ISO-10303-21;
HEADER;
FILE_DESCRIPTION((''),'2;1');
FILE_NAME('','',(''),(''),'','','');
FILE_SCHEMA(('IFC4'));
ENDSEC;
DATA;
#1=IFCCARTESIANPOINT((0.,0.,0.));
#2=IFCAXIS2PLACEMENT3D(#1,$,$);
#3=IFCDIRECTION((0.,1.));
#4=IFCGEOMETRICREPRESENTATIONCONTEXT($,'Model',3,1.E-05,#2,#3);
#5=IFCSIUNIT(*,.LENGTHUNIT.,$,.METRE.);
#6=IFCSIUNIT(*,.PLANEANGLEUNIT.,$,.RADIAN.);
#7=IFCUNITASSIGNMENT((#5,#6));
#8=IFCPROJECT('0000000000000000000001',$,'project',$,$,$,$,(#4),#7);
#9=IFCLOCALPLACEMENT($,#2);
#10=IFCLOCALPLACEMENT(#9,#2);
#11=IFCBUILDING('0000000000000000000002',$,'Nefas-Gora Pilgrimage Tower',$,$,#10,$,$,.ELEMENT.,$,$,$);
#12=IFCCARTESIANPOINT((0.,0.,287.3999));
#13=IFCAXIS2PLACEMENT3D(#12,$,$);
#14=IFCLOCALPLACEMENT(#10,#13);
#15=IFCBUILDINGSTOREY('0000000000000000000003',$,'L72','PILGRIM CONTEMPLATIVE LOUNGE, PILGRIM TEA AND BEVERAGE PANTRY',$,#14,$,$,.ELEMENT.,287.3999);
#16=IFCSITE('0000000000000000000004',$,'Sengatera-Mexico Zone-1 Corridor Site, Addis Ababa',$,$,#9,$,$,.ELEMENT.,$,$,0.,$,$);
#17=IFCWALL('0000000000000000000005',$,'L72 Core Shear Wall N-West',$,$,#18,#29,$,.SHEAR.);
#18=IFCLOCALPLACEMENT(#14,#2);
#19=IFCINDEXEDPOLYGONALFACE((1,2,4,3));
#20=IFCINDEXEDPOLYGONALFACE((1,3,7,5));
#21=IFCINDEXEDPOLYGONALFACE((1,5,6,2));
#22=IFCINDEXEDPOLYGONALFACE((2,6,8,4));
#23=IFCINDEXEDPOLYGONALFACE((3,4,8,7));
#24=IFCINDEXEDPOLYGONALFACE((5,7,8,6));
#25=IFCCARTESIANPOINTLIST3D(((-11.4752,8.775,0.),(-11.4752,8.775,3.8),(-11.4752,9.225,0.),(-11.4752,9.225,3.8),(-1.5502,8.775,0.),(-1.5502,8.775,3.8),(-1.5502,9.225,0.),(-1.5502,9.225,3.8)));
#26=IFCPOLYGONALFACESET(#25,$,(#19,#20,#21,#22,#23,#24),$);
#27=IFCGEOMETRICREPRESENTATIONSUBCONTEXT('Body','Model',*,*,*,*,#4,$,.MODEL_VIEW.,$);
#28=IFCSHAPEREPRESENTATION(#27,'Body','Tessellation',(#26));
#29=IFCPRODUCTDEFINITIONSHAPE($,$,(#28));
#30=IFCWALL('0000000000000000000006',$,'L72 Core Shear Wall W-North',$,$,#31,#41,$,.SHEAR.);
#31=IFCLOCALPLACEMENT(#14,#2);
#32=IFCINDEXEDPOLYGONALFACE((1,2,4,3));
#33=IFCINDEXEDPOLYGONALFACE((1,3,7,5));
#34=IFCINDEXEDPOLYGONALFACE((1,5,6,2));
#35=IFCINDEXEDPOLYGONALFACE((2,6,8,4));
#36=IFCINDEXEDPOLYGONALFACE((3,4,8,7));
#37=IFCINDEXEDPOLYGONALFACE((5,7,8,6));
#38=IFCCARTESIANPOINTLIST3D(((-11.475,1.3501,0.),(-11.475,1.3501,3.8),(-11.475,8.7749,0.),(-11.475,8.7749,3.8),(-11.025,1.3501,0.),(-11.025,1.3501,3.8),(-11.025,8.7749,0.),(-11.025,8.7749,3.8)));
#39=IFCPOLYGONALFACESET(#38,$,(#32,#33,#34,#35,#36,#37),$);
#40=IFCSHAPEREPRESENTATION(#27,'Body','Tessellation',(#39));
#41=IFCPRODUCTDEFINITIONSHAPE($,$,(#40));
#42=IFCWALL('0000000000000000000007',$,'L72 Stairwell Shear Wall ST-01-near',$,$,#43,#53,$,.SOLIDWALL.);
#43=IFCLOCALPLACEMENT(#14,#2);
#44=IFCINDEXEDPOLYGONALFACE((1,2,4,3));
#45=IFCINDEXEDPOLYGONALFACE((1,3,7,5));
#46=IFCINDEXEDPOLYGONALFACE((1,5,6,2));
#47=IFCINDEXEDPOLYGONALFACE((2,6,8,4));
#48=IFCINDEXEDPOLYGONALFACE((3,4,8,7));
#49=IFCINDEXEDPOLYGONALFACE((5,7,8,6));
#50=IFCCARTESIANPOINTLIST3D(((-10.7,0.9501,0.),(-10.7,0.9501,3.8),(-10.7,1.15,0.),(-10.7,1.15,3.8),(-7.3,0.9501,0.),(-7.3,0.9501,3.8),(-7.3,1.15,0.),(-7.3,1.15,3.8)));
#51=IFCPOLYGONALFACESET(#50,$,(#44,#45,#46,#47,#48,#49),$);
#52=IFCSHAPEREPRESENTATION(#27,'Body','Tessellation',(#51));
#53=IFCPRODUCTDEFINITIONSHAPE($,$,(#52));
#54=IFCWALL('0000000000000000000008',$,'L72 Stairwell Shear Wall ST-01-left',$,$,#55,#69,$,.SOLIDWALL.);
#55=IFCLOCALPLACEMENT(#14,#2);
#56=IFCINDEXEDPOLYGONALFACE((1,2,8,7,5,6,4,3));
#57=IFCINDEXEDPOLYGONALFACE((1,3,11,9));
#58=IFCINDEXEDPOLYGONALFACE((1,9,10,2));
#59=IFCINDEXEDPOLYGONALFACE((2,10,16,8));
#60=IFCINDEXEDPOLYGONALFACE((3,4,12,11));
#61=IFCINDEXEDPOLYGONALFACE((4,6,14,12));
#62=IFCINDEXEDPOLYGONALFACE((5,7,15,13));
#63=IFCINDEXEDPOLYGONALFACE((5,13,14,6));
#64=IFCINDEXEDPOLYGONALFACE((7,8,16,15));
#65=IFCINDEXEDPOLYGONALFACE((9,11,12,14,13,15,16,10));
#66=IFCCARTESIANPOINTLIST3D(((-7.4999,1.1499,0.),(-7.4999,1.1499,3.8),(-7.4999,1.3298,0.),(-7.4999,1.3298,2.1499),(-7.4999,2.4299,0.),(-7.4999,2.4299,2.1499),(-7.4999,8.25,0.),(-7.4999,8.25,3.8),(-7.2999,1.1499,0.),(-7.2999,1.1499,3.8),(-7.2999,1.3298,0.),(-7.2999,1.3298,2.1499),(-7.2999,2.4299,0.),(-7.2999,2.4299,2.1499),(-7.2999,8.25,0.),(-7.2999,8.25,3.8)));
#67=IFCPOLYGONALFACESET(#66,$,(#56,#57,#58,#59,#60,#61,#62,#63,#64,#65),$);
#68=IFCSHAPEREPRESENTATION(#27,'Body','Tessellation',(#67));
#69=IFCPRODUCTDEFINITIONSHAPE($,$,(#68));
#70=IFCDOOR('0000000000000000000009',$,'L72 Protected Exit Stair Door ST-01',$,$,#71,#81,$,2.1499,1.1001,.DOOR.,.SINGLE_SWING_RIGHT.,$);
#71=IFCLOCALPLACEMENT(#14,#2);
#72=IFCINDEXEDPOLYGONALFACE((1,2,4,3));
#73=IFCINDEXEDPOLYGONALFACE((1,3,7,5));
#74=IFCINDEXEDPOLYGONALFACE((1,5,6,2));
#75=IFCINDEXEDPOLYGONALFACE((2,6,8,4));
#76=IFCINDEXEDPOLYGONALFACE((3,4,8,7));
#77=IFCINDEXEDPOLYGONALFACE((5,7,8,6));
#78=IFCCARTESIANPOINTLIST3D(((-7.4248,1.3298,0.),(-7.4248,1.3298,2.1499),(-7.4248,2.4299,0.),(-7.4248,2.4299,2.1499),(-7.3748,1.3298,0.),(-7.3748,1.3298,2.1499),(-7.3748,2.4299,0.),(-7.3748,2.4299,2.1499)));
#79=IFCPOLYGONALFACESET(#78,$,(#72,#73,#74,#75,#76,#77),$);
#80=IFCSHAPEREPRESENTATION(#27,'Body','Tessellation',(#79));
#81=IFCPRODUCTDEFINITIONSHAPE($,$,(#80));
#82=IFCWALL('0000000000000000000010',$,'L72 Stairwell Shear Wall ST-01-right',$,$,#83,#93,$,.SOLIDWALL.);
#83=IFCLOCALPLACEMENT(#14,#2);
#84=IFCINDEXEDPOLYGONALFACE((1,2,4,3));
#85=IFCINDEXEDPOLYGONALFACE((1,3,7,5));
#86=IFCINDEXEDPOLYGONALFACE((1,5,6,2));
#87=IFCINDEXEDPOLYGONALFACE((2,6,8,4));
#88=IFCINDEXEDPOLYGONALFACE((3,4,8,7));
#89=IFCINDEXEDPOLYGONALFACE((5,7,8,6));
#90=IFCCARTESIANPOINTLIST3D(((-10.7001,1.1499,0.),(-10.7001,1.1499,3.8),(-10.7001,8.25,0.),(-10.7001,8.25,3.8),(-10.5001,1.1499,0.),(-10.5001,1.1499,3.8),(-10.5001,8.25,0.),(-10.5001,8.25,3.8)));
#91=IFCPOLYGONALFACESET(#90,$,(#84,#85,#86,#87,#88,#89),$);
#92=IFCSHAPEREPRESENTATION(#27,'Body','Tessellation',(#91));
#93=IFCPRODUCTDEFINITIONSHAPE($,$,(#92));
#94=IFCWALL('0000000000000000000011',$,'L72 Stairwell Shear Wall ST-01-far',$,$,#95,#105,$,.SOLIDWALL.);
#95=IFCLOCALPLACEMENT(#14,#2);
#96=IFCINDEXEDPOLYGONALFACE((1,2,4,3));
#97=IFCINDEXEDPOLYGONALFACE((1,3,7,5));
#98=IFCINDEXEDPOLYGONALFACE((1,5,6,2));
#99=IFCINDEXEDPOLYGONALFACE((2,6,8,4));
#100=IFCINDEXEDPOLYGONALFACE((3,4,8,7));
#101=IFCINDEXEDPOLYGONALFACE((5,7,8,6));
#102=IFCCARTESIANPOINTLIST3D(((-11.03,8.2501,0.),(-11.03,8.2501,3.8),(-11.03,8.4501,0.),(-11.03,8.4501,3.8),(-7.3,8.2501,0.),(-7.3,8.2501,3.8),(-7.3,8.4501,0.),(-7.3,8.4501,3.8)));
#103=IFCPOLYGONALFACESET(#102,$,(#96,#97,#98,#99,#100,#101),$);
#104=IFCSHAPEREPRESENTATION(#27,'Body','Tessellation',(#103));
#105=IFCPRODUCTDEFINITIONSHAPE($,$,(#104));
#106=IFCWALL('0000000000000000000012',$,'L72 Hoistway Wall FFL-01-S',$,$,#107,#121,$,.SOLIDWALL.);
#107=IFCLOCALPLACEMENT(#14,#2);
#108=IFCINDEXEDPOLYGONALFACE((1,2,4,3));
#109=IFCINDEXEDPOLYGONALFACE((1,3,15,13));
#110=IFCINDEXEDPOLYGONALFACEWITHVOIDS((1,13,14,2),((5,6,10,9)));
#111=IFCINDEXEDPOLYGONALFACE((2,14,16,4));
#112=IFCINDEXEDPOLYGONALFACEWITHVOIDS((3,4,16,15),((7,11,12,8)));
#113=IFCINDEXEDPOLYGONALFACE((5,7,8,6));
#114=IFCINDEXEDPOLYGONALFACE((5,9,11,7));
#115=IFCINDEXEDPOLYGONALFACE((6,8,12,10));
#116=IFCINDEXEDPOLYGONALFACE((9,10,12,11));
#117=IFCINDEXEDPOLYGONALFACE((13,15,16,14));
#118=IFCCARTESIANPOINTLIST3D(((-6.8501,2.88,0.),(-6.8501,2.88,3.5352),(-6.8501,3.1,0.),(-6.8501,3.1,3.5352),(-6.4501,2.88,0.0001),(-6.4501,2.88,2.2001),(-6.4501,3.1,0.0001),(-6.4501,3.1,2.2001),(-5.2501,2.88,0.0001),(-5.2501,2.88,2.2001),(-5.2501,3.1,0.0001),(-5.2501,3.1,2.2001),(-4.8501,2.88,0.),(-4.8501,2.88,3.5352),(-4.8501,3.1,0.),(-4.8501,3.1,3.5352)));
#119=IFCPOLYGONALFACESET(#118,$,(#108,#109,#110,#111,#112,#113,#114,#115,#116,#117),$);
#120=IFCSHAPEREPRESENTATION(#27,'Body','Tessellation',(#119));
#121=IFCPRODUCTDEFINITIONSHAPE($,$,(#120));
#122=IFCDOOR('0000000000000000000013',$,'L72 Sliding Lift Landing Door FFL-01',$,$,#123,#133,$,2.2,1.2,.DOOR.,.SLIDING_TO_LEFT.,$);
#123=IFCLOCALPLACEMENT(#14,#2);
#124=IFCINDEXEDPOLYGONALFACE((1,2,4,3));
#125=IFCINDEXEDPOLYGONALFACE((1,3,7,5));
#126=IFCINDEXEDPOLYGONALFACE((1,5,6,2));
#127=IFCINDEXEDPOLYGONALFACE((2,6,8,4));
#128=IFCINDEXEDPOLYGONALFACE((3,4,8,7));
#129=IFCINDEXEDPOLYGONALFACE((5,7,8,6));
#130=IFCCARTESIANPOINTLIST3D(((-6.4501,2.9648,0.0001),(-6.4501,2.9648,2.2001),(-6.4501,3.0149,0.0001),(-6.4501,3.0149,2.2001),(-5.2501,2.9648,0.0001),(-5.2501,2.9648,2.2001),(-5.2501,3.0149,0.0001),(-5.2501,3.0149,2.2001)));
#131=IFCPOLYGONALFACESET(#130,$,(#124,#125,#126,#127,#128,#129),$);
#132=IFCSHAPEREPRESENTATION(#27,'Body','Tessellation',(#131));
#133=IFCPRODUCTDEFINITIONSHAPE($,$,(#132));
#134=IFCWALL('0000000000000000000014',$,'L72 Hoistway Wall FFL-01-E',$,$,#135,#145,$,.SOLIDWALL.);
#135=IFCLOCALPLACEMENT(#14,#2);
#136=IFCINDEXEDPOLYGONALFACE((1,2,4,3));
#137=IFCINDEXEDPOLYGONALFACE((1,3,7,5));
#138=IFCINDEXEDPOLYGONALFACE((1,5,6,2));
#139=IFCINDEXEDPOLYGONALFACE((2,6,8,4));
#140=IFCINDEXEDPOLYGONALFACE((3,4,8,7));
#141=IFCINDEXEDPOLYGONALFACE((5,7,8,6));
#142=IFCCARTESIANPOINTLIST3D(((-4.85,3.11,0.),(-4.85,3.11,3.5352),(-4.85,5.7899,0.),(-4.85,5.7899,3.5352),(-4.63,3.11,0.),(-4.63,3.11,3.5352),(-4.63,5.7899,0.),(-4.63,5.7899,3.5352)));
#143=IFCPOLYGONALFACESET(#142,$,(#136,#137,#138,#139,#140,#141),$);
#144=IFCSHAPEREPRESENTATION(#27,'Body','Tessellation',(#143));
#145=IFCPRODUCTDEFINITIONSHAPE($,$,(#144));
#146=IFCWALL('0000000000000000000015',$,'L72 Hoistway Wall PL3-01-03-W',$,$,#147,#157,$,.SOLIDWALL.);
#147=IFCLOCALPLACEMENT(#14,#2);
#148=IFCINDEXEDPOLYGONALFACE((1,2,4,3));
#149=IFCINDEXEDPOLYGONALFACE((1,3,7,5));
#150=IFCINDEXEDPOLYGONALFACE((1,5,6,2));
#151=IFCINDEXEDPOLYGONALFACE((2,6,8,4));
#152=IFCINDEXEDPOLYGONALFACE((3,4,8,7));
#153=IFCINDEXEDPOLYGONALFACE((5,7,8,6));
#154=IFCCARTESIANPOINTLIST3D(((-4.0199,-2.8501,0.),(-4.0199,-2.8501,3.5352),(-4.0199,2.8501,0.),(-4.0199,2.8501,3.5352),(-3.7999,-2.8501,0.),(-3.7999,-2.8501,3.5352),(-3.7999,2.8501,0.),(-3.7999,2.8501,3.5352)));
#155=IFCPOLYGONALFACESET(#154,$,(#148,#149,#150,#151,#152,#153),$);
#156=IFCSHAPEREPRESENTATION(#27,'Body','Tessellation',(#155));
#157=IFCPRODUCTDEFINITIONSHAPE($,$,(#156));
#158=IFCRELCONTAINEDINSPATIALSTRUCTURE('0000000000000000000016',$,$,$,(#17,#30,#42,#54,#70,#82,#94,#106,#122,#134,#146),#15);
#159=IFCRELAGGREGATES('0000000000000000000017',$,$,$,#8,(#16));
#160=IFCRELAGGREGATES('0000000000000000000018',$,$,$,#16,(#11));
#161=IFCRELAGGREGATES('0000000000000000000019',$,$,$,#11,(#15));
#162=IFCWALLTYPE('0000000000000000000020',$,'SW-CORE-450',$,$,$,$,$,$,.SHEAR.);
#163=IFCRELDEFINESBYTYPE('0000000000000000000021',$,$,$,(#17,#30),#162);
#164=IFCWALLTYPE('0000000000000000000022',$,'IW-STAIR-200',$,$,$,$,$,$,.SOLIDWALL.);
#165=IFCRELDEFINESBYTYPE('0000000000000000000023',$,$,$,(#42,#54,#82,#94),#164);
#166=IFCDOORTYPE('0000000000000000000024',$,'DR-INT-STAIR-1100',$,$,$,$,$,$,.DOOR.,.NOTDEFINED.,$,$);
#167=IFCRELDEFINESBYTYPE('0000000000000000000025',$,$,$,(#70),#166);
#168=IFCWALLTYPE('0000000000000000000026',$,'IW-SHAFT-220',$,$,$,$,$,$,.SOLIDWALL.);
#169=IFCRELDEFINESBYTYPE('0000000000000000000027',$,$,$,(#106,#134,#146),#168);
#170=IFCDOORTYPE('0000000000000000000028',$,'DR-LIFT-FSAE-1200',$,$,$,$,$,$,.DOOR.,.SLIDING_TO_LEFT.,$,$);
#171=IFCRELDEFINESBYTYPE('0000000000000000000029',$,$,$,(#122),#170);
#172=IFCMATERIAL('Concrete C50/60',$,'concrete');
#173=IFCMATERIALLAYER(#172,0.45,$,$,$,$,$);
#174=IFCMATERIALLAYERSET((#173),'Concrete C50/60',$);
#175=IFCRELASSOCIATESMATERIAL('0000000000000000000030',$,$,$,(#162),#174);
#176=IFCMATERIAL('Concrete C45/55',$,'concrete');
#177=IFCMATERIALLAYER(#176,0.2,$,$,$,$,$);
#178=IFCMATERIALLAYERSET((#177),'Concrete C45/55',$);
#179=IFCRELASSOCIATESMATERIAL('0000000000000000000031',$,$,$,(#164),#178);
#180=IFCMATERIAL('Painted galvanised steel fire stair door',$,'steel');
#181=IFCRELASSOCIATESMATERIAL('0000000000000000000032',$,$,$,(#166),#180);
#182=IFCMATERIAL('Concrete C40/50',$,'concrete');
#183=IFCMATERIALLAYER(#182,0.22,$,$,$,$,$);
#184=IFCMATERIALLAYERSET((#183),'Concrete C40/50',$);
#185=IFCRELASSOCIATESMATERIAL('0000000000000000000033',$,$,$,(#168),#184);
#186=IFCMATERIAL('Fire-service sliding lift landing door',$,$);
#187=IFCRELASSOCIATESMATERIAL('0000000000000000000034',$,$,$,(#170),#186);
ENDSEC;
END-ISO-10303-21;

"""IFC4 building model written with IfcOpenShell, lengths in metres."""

from ifc_helpers import new_model, si_unit, direction, frame, frame_2d, origin, place, context, subcontext, project, spatial, rectangle, extrude, source, transform, mapped, material, layer, layer_set, type_object, element, fill, save


model = new_model("IFC4")

# Units and contexts
model_context = context("Model", 3, precision=1e-05, world=origin(), true_north=direction((0.0, 1.0)))
body_context = subcontext(model_context, "Body", "Model", "MODEL_VIEW")
ifc_project = project(units=[si_unit("LENGTHUNIT", "METRE"), si_unit("PLANEANGLEUNIT", "RADIAN")], contexts=[model_context])

# Site, building, storey
site_placement = place(None, origin())
site = spatial("IfcSite", under=ifc_project, at=site_placement, Name="Sengatera-Mexico Zone-1 Corridor Site, Addis Ababa", CompositionType="ELEMENT", RefElevation=0.0)
building_placement = place(site_placement, origin())
building = spatial("IfcBuilding", under=site, at=building_placement, Name="Nefas-Gora Pilgrimage Tower", CompositionType="ELEMENT")
storey_placement = place(building_placement, frame((0.0, 0.0, 287.3999)))
storey = spatial("IfcBuildingStorey", under=building, at=storey_placement, Name="L72", Description="PILGRIM CONTEMPLATIVE LOUNGE, PILGRIM TEA AND BEVERAGE PANTRY", CompositionType="ELEMENT", Elevation=287.3999)

# Walls
ifc_material_1 = material(Name="Concrete C50/60", Category="concrete")
ifc_layer_1 = layer(ifc_material_1, 0.45)
ifc_layer_set_1 = layer_set([ifc_layer_1], Name="Concrete C50/60")
wall_type_1 = type_object("IfcWallType", Name="SW-CORE-450", PredefinedType="SHEAR", material=ifc_layer_set_1)
shared_shape_1 = source(origin(), body_context, "Body", "SweptSolid", [
    extrude(rectangle(XDim=9.925, YDim=0.45, at=frame_2d((4.9624, 0.0))), origin(), (0.0, 0.0, 1.0), 3.8),
])
wall_1_placement = place(storey_placement, frame((-11.4751, 9.0, 0.0), z_axis=(0.0, 0.0, 1.0), x_axis=(1.0, 0.0, 0.0)))
element("IfcWall", 1, at=wall_1_placement, inside=storey, type_object=wall_type_1, Name="L72 Core Shear Wall N-West", PredefinedType="SHEAR", context=body_context, shape_type="MappedRepresentation", body=[
    mapped(shared_shape_1, transform((0.0, 0.0, 0.0), x_axis=(1.0, 0.0, 0.0), y_axis=(0.0, 1.0, 0.0), z_axis=(0.0, 0.0, 1.0), scale=1.0)),
])
shared_shape_2 = source(origin(), body_context, "Body", "SweptSolid", [
    extrude(rectangle(XDim=7.4248, YDim=0.45, at=frame_2d((3.7124, 0.0))), origin(), (0.0, 0.0, 1.0), 3.8),
])
wall_2_placement = place(storey_placement, frame((-11.25, 1.3501, 0.0), z_axis=(0.0, 0.0, 1.0), x_axis=(0.0, 1.0, 0.0)))
element("IfcWall", 2, at=wall_2_placement, inside=storey, type_object=wall_type_1, Name="L72 Core Shear Wall W-North", PredefinedType="SHEAR", context=body_context, shape_type="MappedRepresentation", body=[
    mapped(shared_shape_2, transform((0.0, 0.0, 0.0), x_axis=(1.0, 0.0, 0.0), y_axis=(0.0, 1.0, 0.0), z_axis=(0.0, 0.0, 1.0), scale=1.0)),
])
ifc_material_2 = material(Name="Concrete C45/55", Category="concrete")
ifc_layer_2 = layer(ifc_material_2, 0.2)
ifc_layer_set_2 = layer_set([ifc_layer_2], Name="Concrete C45/55")
wall_type_2 = type_object("IfcWallType", Name="IW-STAIR-200", PredefinedType="SOLIDWALL", material=ifc_layer_set_2)
shared_shape_3 = source(origin(), body_context, "Body", "SweptSolid", [
    extrude(rectangle(XDim=3.3999, YDim=0.2, at=frame_2d((1.7, 0.0))), origin(), (0.0, 0.0, 1.0), 3.8),
])
wall_3_placement = place(storey_placement, frame((-7.3, 1.05, 0.0), z_axis=(0.0, 0.0, 1.0), x_axis=(-1.0, 0.0, 0.0)))
element("IfcWall", 3, at=wall_3_placement, inside=storey, type_object=wall_type_2, Name="L72 Stairwell Shear Wall ST-01-near", PredefinedType="SOLIDWALL", context=body_context, shape_type="MappedRepresentation", body=[
    mapped(shared_shape_3, transform((0.0, 0.0, 0.0), x_axis=(1.0, 0.0, 0.0), y_axis=(0.0, 1.0, 0.0), z_axis=(0.0, 0.0, 1.0), scale=1.0)),
])

# Wall, opening, door
shared_shape_4 = source(origin(), body_context, "Body", "SweptSolid", [
    extrude(rectangle(XDim=7.1001, YDim=0.2, at=frame_2d((3.55, 0.0))), origin(), (0.0, 0.0, 1.0), 3.8),
])
wall_4_placement = place(storey_placement, frame((-7.3999, 1.1499, 0.0), z_axis=(0.0, 0.0, 1.0), x_axis=(0.0, 1.0, 0.0)))
wall_4 = element("IfcWall", 4, at=wall_4_placement, inside=storey, type_object=wall_type_2, Name="L72 Stairwell Shear Wall ST-01-left", PredefinedType="SOLIDWALL", context=body_context, shape_type="MappedRepresentation", body=[
    mapped(shared_shape_4, transform((0.0, 0.0, 0.0), x_axis=(1.0, 0.0, 0.0), y_axis=(0.0, 1.0, 0.0), z_axis=(0.0, 0.0, 1.0), scale=1.0)),
])
opening_1_placement = place(wall_4_placement, frame((0.1799, 0.0, 0.0)))
opening_1 = element("IfcOpeningElement", 5, at=opening_1_placement, cuts=wall_4, PredefinedType="OPENING", context=body_context, shape_type="SweptSolid", body=[
    extrude(rectangle(XDim=1.1001, YDim=2.1499, at=frame_2d((0.55, 1.075))), frame((0.0, 0.1099, 0.0), z_axis=(0.0, -1.0, 0.0), x_axis=(1.0, 0.0, 0.0)), (0.0, 0.0, 1.0), 0.22),
])
ifc_material_3 = material(Name="Painted galvanised steel fire stair door", Category="steel")
door_type_1 = type_object("IfcDoorType", Name="DR-INT-STAIR-1100", OperationType="NOTDEFINED", PredefinedType="DOOR", material=ifc_material_3)
shared_shape_5 = source(origin(), body_context, "Body", "SweptSolid", [
    extrude(rectangle(XDim=1.1001, YDim=2.1499, at=frame_2d((0.55, 1.075))), frame((0.0, 0.0249, 0.0), z_axis=(0.0, -1.0, 0.0), x_axis=(1.0, 0.0, 0.0)), (0.0, 0.0, 1.0), 0.05),
])
door_1_placement = place(opening_1_placement, origin())
door_1 = element("IfcDoor", 6, at=door_1_placement, inside=storey, type_object=door_type_1, Name="L72 Protected Exit Stair Door ST-01", OperationType="SINGLE_SWING_RIGHT", OverallHeight=2.1499, OverallWidth=1.1001, PredefinedType="DOOR", context=body_context, shape_type="MappedRepresentation", body=[
    mapped(shared_shape_5, transform((0.0, 0.0, 0.0), x_axis=(1.0, 0.0, 0.0), y_axis=(0.0, 1.0, 0.0), z_axis=(0.0, 0.0, 1.0), scale=1.0)),
])
fill(opening_1, door_1)

# Walls
wall_5_placement = place(storey_placement, frame((-10.6001, 1.1499, 0.0), z_axis=(0.0, 0.0, 1.0), x_axis=(0.0, 1.0, 0.0)))
element("IfcWall", 7, at=wall_5_placement, inside=storey, type_object=wall_type_2, Name="L72 Stairwell Shear Wall ST-01-right", PredefinedType="SOLIDWALL", context=body_context, shape_type="MappedRepresentation", body=[
    mapped(shared_shape_4, transform((0.0, 0.0, 0.0), x_axis=(1.0, 0.0, 0.0), y_axis=(0.0, 1.0, 0.0), z_axis=(0.0, 0.0, 1.0), scale=1.0)),
])
shared_shape_6 = source(origin(), body_context, "Body", "SweptSolid", [
    extrude(rectangle(XDim=3.73, YDim=0.2, at=frame_2d((1.865, 0.0))), origin(), (0.0, 0.0, 1.0), 3.8),
])
wall_6_placement = place(storey_placement, frame((-7.3, 8.3501, 0.0), z_axis=(0.0, 0.0, 1.0), x_axis=(-1.0, 0.0, 0.0)))
element("IfcWall", 8, at=wall_6_placement, inside=storey, type_object=wall_type_2, Name="L72 Stairwell Shear Wall ST-01-far", PredefinedType="SOLIDWALL", context=body_context, shape_type="MappedRepresentation", body=[
    mapped(shared_shape_6, transform((0.0, 0.0, 0.0), x_axis=(1.0, 0.0, 0.0), y_axis=(0.0, 1.0, 0.0), z_axis=(0.0, 0.0, 1.0), scale=1.0)),
])

# Wall, opening, door
ifc_material_4 = material(Name="Concrete C40/50", Category="concrete")
ifc_layer_3 = layer(ifc_material_4, 0.22)
ifc_layer_set_3 = layer_set([ifc_layer_3], Name="Concrete C40/50")
wall_type_3 = type_object("IfcWallType", Name="IW-SHAFT-220", PredefinedType="SOLIDWALL", material=ifc_layer_set_3)
shared_shape_7 = source(origin(), body_context, "Body", "SweptSolid", [
    extrude(rectangle(XDim=2.0, YDim=0.22, at=frame_2d((1.0, 0.0))), origin(), (0.0, 0.0, 1.0), 3.5352),
])
wall_7_placement = place(storey_placement, frame((-6.8501, 2.99, 0.0), z_axis=(0.0, 0.0, 1.0), x_axis=(1.0, 0.0, 0.0)))
wall_7 = element("IfcWall", 9, at=wall_7_placement, inside=storey, type_object=wall_type_3, Name="L72 Hoistway Wall FFL-01-S", PredefinedType="SOLIDWALL", context=body_context, shape_type="MappedRepresentation", body=[
    mapped(shared_shape_7, transform((0.0, 0.0, 0.0), x_axis=(1.0, 0.0, 0.0), y_axis=(0.0, 1.0, 0.0), z_axis=(0.0, 0.0, 1.0), scale=1.0)),
])
opening_2_placement = place(wall_7_placement, frame((0.3999, 0.0, 0.0)))
opening_2 = element("IfcOpeningElement", 10, at=opening_2_placement, cuts=wall_7, PredefinedType="OPENING", context=body_context, shape_type="SweptSolid", body=[
    extrude(rectangle(XDim=1.2, YDim=2.2, at=frame_2d((0.6001, 1.1001))), frame((0.0, 0.1199, 0.0), z_axis=(0.0, -1.0, 0.0), x_axis=(1.0, 0.0, 0.0)), (0.0, 0.0, 1.0), 0.24),
])
ifc_material_5 = material(Name="Fire-service sliding lift landing door")
door_type_2 = type_object("IfcDoorType", Name="DR-LIFT-FSAE-1200", OperationType="SLIDING_TO_LEFT", PredefinedType="DOOR", material=ifc_material_5)
shared_shape_8 = source(origin(), body_context, "Body", "SweptSolid", [
    extrude(rectangle(XDim=1.2, YDim=2.2, at=frame_2d((0.6001, 1.1001))), frame((0.0, 0.0249, 0.0), z_axis=(0.0, -1.0, 0.0), x_axis=(1.0, 0.0, 0.0)), (0.0, 0.0, 1.0), 0.05),
])
door_2_placement = place(opening_2_placement, origin())
door_2 = element("IfcDoor", 11, at=door_2_placement, inside=storey, type_object=door_type_2, Name="L72 Sliding Lift Landing Door FFL-01", OperationType="SLIDING_TO_LEFT", OverallHeight=2.2, OverallWidth=1.2, PredefinedType="DOOR", context=body_context, shape_type="MappedRepresentation", body=[
    mapped(shared_shape_8, transform((0.0, 0.0, 0.0), x_axis=(1.0, 0.0, 0.0), y_axis=(0.0, 1.0, 0.0), z_axis=(0.0, 0.0, 1.0), scale=1.0)),
])
fill(opening_2, door_2)

# Walls
shared_shape_9 = source(origin(), body_context, "Body", "SweptSolid", [
    extrude(rectangle(XDim=2.6799, YDim=0.22, at=frame_2d((1.3398, 0.0))), origin(), (0.0, 0.0, 1.0), 3.5352),
])
wall_8_placement = place(storey_placement, frame((-4.74, 3.1101, 0.0), z_axis=(0.0, 0.0, 1.0), x_axis=(0.0, 1.0, 0.0)))
element("IfcWall", 12, at=wall_8_placement, inside=storey, type_object=wall_type_3, Name="L72 Hoistway Wall FFL-01-E", PredefinedType="SOLIDWALL", context=body_context, shape_type="MappedRepresentation", body=[
    mapped(shared_shape_9, transform((0.0, 0.0, 0.0), x_axis=(1.0, 0.0, 0.0), y_axis=(0.0, 1.0, 0.0), z_axis=(0.0, 0.0, 1.0), scale=1.0)),
])
shared_shape_10 = source(origin(), body_context, "Body", "SweptSolid", [
    extrude(rectangle(XDim=5.7002, YDim=0.22, at=frame_2d((2.8501, 0.0))), origin(), (0.0, 0.0, 1.0), 3.5352),
])
wall_9_placement = place(storey_placement, frame((-3.9099, 2.8501, 0.0), z_axis=(0.0, 0.0, 1.0), x_axis=(0.0, -1.0, 0.0)))
element("IfcWall", 13, at=wall_9_placement, inside=storey, type_object=wall_type_3, Name="L72 Hoistway Wall PL3-01-03-W", PredefinedType="SOLIDWALL", context=body_context, shape_type="MappedRepresentation", body=[
    mapped(shared_shape_10, transform((0.0, 0.0, 0.0), x_axis=(1.0, 0.0, 0.0), y_axis=(0.0, 1.0, 0.0), z_axis=(0.0, 0.0, 1.0), scale=1.0)),
])

save(model, "model.ifc")
